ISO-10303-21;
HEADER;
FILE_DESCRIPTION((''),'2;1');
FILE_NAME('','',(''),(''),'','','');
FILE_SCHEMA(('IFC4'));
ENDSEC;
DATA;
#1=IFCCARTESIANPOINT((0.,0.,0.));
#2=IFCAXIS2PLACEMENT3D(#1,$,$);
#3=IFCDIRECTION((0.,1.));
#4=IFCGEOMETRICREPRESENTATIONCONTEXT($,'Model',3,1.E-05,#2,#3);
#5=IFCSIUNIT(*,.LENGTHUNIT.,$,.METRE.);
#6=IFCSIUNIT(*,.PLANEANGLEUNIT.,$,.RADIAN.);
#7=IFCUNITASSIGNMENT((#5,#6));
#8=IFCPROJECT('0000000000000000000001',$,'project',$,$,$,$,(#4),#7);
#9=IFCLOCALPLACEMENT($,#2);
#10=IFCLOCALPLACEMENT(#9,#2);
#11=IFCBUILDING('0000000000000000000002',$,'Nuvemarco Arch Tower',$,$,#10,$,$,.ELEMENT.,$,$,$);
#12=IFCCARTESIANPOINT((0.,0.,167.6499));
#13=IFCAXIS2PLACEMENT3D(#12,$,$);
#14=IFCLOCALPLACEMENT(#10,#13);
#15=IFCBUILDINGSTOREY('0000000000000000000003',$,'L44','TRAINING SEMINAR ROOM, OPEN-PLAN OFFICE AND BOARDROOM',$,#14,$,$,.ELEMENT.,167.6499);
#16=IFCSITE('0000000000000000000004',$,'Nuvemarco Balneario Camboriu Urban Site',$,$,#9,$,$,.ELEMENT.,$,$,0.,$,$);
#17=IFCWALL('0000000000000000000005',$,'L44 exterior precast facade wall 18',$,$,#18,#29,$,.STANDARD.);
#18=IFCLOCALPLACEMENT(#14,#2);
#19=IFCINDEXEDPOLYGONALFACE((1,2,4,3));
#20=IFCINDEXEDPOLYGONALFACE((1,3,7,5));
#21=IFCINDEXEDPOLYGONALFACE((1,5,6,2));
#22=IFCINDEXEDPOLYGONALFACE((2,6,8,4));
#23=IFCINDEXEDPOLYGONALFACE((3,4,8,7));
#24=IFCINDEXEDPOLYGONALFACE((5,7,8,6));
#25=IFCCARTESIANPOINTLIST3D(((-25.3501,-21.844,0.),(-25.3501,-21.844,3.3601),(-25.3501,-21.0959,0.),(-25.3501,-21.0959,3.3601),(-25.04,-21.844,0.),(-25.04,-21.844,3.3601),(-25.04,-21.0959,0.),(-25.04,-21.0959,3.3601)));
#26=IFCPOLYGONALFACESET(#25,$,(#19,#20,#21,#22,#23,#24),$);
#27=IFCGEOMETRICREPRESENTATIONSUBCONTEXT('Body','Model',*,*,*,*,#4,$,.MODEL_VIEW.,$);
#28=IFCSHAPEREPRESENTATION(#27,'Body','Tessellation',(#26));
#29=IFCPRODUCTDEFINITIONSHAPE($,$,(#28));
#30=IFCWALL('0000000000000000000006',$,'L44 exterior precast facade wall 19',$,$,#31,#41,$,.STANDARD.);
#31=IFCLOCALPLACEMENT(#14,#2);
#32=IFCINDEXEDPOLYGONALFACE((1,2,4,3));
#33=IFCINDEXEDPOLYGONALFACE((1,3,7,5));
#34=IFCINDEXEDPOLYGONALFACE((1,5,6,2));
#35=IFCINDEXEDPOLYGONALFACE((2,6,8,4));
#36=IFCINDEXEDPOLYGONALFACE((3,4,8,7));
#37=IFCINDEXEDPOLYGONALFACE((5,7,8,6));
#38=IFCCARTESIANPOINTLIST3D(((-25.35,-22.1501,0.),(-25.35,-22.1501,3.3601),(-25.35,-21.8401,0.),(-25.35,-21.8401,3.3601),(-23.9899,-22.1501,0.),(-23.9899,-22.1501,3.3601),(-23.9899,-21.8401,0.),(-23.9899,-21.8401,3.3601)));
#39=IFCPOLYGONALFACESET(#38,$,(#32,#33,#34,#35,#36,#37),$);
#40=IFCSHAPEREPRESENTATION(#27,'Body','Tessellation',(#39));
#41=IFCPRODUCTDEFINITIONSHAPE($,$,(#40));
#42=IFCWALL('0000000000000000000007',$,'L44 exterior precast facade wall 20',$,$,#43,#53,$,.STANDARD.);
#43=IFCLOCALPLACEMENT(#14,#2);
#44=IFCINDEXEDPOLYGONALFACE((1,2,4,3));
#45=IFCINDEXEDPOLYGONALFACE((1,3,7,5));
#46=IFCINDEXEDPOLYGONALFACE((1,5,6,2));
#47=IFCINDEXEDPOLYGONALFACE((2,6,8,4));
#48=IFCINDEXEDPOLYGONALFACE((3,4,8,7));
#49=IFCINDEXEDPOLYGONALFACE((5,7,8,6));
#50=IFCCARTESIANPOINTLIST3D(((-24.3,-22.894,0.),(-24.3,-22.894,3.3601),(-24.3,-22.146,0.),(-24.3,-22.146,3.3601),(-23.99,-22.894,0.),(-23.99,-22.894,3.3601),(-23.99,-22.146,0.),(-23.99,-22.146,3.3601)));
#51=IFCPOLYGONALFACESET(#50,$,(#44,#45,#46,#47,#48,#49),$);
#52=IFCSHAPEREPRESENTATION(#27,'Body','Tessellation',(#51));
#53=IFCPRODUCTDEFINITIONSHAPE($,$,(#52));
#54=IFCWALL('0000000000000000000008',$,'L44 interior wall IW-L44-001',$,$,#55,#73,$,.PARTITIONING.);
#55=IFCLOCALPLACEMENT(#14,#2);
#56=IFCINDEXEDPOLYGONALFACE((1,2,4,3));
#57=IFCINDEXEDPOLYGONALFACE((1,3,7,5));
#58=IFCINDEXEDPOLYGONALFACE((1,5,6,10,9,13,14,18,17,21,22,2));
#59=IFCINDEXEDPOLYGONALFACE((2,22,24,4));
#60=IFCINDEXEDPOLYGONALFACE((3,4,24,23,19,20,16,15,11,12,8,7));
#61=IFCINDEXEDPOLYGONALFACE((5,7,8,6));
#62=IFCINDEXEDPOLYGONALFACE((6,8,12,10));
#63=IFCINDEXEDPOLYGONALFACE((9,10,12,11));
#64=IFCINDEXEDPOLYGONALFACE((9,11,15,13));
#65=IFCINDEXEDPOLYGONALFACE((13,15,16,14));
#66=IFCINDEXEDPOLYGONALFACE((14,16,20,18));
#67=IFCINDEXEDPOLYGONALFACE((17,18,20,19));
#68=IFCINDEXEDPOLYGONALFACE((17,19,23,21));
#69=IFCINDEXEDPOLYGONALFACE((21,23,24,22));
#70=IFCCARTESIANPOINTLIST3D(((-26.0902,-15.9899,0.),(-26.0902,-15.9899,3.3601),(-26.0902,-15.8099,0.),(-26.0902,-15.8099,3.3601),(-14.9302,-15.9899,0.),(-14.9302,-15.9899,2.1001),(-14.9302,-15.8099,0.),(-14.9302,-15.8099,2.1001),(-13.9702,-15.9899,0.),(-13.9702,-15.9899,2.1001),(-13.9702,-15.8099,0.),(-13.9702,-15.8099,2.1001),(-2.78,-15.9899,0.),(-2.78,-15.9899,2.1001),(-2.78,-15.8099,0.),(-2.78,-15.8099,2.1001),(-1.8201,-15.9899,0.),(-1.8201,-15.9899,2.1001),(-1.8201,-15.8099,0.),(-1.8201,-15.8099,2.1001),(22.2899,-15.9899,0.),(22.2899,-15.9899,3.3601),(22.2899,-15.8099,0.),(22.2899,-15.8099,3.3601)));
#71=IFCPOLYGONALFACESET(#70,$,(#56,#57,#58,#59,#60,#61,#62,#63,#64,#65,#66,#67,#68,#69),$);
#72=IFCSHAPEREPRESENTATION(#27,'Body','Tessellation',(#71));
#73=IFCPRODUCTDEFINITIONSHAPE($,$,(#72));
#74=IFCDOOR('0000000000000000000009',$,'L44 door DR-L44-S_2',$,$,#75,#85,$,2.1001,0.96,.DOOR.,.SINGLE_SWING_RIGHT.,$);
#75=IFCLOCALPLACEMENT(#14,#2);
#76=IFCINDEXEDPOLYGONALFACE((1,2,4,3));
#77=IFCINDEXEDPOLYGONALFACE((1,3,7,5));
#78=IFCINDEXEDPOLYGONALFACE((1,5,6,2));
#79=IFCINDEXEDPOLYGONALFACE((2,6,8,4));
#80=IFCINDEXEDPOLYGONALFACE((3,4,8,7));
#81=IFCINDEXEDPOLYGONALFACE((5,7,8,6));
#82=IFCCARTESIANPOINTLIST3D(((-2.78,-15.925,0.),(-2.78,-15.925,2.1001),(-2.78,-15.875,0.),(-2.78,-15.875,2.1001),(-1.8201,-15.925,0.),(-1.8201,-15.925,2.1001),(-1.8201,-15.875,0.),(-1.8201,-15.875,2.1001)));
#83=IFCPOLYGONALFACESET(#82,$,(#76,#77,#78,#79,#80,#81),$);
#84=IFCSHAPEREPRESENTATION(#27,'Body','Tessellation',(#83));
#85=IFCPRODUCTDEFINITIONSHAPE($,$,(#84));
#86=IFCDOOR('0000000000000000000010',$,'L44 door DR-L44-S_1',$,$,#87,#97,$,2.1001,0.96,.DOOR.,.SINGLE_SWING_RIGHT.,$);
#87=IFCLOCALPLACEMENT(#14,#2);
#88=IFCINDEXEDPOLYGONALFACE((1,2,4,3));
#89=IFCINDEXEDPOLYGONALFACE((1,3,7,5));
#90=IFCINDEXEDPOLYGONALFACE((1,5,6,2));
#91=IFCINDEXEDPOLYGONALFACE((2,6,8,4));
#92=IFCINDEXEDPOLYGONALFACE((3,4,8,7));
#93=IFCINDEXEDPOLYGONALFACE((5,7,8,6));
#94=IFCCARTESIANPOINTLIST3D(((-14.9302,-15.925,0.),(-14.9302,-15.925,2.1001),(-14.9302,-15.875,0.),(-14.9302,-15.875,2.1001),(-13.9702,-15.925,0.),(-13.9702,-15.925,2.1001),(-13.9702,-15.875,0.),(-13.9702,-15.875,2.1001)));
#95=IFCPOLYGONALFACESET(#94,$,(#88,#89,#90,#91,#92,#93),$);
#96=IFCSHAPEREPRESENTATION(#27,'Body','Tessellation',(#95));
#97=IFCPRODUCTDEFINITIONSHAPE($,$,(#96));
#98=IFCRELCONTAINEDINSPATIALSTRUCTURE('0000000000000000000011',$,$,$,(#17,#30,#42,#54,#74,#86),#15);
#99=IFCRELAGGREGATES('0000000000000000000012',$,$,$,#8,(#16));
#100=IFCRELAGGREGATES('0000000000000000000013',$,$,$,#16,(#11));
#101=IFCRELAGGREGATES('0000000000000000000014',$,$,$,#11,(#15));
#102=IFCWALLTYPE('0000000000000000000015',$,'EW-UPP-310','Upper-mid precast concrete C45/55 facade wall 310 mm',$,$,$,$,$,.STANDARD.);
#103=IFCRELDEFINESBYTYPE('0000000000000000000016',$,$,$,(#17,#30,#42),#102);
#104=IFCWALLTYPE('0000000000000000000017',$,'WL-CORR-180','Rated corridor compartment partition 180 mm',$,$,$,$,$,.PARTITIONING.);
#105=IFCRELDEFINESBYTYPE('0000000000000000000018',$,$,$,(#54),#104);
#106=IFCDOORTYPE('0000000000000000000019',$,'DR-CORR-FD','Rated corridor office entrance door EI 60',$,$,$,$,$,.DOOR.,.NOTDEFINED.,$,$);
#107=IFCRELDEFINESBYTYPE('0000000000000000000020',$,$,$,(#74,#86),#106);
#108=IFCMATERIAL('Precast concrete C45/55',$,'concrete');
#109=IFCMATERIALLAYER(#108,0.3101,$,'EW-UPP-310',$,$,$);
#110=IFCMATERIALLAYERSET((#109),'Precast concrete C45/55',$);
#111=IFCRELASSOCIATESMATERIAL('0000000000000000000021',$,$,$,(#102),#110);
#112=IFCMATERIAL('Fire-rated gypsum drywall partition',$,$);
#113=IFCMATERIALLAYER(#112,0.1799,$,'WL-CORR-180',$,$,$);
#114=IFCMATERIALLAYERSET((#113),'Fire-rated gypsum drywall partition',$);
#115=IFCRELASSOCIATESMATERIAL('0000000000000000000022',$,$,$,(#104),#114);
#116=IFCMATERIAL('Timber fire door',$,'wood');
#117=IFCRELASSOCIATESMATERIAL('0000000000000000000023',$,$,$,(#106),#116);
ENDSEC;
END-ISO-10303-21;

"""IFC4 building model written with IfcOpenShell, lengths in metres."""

from ifc_helpers import new_model, si_unit, direction, frame, frame_2d, origin, place, context, subcontext, project, spatial, rectangle, extrude, source, transform, mapped, material, layer, layer_set, type_object, type_shapes, element, fill, save


model = new_model("IFC4")

# Units and contexts
model_context = context("Model", 3, precision=1e-05, world=origin(), true_north=direction((0.0, 1.0)))
body_context = subcontext(model_context, "Body", "Model", "MODEL_VIEW")
ifc_project = project(units=[si_unit("LENGTHUNIT", "METRE"), si_unit("PLANEANGLEUNIT", "RADIAN")], contexts=[model_context])

# Site, building, storey
site_placement = place(None, origin())
site = spatial("IfcSite", under=ifc_project, at=site_placement, Name="Nuvemarco Balneario Camboriu Urban Site", CompositionType="ELEMENT", RefElevation=0.0)
building_placement = place(site_placement, origin())
building = spatial("IfcBuilding", under=site, at=building_placement, Name="Nuvemarco Arch Tower", CompositionType="ELEMENT")
storey_placement = place(building_placement, frame((0.0, 0.0, 167.6499)))
storey = spatial("IfcBuildingStorey", under=building, at=storey_placement, Name="L44", Description="TRAINING SEMINAR ROOM, OPEN-PLAN OFFICE AND BOARDROOM", CompositionType="ELEMENT", Elevation=167.6499)

# Shared definitions
ifc_material_1 = material(Name="Precast concrete C45/55", Category="concrete")

# Shared definitions
ifc_layer_1 = layer(ifc_material_1, 0.3101, Name="EW-UPP-310")
ifc_layer_set_1 = layer_set([ifc_layer_1], Name="Precast concrete C45/55")
wall_type_1 = type_object("IfcWallType", Name="EW-UPP-310", Description="Upper-mid precast concrete C45/55 facade wall 310 mm", PredefinedType="STANDARD", material=ifc_layer_set_1)

# Walls
wall_1_placement = place(storey_placement, frame((-25.1951, -21.844, 0.0), z_axis=(0.0, 0.0, 1.0), x_axis=(0.0, 1.0, 0.0)))
element("IfcWall", 1, at=wall_1_placement, inside=storey, type_object=wall_type_1, Name="L44 exterior precast facade wall 18", PredefinedType="STANDARD", context=body_context, shape_type="SweptSolid", body=[
    extrude(rectangle(XDim=0.748, YDim=0.3101, at=frame_2d((0.374, 0.0))), origin(), (0.0, 0.0, 1.0), 3.3601),
])
wall_2_placement = place(storey_placement, frame((-25.3501, -21.9951, 0.0), z_axis=(0.0, 0.0, 1.0), x_axis=(1.0, 0.0, 0.0)))
element("IfcWall", 2, at=wall_2_placement, inside=storey, type_object=wall_type_1, Name="L44 exterior precast facade wall 19", PredefinedType="STANDARD", context=body_context, shape_type="SweptSolid", body=[
    extrude(rectangle(XDim=1.3601, YDim=0.3101, at=frame_2d((0.6802, 0.0))), origin(), (0.0, 0.0, 1.0), 3.3601),
])
wall_3_placement = place(storey_placement, frame((-24.145, -22.894, 0.0), z_axis=(0.0, 0.0, 1.0), x_axis=(0.0, 1.0, 0.0)))
element("IfcWall", 3, at=wall_3_placement, inside=storey, type_object=wall_type_1, Name="L44 exterior precast facade wall 20", PredefinedType="STANDARD", context=body_context, shape_type="SweptSolid", body=[
    extrude(rectangle(XDim=0.748, YDim=0.3101, at=frame_2d((0.374, 0.0))), origin(), (0.0, 0.0, 1.0), 3.3601),
])

# Wall, openings, doors
ifc_material_2 = material(Name="Fire-rated gypsum drywall partition")
ifc_layer_2 = layer(ifc_material_2, 0.1799, Name="WL-CORR-180")
ifc_layer_set_2 = layer_set([ifc_layer_2], Name="Fire-rated gypsum drywall partition")
wall_type_2 = type_object("IfcWallType", Name="WL-CORR-180", Description="Rated corridor compartment partition 180 mm", PredefinedType="PARTITIONING", material=ifc_layer_set_2)
wall_4_placement = place(storey_placement, frame((-26.0901, -15.8999, 0.0), z_axis=(0.0, 0.0, 1.0), x_axis=(1.0, 0.0, 0.0)))
wall_4 = element("IfcWall", 4, at=wall_4_placement, inside=storey, type_object=wall_type_2, Name="L44 interior wall IW-L44-001", PredefinedType="PARTITIONING", context=body_context, shape_type="SweptSolid", body=[
    extrude(rectangle(XDim=48.3801, YDim=0.1799, at=frame_2d((24.1899, 0.0))), origin(), (0.0, 0.0, 1.0), 3.3601),
])
opening_1_placement = place(wall_4_placement, frame((23.3101, 0.0, 0.0)))
opening_1 = element("IfcOpeningElement", 5, at=opening_1_placement, cuts=wall_4, PredefinedType="OPENING", context=body_context, shape_type="SweptSolid", body=[
    extrude(rectangle(XDim=0.96, YDim=2.1001, at=frame_2d((0.48, 1.05))), frame((0.0, 0.0999, 0.0), z_axis=(0.0, -1.0, 0.0), x_axis=(1.0, 0.0, 0.0)), (0.0, 0.0, 1.0), 0.2),
])
opening_2_placement = place(wall_4_placement, frame((11.1599, 0.0, 0.0)))
opening_2 = element("IfcOpeningElement", 6, at=opening_2_placement, cuts=wall_4, PredefinedType="OPENING", context=body_context, shape_type="SweptSolid", body=[
    extrude(rectangle(XDim=0.96, YDim=2.1001, at=frame_2d((0.48, 1.05))), frame((0.0, 0.0999, 0.0), z_axis=(0.0, -1.0, 0.0), x_axis=(1.0, 0.0, 0.0)), (0.0, 0.0, 1.0), 0.2),
])
ifc_material_3 = material(Name="Timber fire door", Category="wood")
door_type_1 = type_object("IfcDoorType", Name="DR-CORR-FD", Description="Rated corridor office entrance door EI 60", OperationType="NOTDEFINED", PredefinedType="DOOR", material=ifc_material_3)
shared_shape_1 = source(origin(), body_context, "Body", "SweptSolid", [
    extrude(rectangle(XDim=0.96, YDim=2.1001, at=frame_2d((0.48, 1.05))), frame((0.0, 0.0249, 0.0), z_axis=(0.0, -1.0, 0.0), x_axis=(1.0, 0.0, 0.0)), (0.0, 0.0, 1.0), 0.05),
])
type_shapes(door_type_1, [shared_shape_1])
door_1_placement = place(opening_1_placement, origin())
door_1 = element("IfcDoor", 7, at=door_1_placement, inside=storey, type_object=door_type_1, Name="L44 door DR-L44-S_2", OperationType="SINGLE_SWING_RIGHT", OverallHeight=2.1001, OverallWidth=0.96, PredefinedType="DOOR", context=body_context, shape_type="MappedRepresentation", body=[
    mapped(shared_shape_1, transform((0.0, 0.0, 0.0), scale=1.0)),
])
fill(opening_1, door_1)
door_2_placement = place(opening_2_placement, origin())
door_2 = element("IfcDoor", 8, at=door_2_placement, inside=storey, type_object=door_type_1, Name="L44 door DR-L44-S_1", OperationType="SINGLE_SWING_RIGHT", OverallHeight=2.1001, OverallWidth=0.96, PredefinedType="DOOR", context=body_context, shape_type="MappedRepresentation", body=[
    mapped(shared_shape_1, transform((0.0, 0.0, 0.0), scale=1.0)),
])
fill(opening_2, door_2)

save(model, "model.ifc")
